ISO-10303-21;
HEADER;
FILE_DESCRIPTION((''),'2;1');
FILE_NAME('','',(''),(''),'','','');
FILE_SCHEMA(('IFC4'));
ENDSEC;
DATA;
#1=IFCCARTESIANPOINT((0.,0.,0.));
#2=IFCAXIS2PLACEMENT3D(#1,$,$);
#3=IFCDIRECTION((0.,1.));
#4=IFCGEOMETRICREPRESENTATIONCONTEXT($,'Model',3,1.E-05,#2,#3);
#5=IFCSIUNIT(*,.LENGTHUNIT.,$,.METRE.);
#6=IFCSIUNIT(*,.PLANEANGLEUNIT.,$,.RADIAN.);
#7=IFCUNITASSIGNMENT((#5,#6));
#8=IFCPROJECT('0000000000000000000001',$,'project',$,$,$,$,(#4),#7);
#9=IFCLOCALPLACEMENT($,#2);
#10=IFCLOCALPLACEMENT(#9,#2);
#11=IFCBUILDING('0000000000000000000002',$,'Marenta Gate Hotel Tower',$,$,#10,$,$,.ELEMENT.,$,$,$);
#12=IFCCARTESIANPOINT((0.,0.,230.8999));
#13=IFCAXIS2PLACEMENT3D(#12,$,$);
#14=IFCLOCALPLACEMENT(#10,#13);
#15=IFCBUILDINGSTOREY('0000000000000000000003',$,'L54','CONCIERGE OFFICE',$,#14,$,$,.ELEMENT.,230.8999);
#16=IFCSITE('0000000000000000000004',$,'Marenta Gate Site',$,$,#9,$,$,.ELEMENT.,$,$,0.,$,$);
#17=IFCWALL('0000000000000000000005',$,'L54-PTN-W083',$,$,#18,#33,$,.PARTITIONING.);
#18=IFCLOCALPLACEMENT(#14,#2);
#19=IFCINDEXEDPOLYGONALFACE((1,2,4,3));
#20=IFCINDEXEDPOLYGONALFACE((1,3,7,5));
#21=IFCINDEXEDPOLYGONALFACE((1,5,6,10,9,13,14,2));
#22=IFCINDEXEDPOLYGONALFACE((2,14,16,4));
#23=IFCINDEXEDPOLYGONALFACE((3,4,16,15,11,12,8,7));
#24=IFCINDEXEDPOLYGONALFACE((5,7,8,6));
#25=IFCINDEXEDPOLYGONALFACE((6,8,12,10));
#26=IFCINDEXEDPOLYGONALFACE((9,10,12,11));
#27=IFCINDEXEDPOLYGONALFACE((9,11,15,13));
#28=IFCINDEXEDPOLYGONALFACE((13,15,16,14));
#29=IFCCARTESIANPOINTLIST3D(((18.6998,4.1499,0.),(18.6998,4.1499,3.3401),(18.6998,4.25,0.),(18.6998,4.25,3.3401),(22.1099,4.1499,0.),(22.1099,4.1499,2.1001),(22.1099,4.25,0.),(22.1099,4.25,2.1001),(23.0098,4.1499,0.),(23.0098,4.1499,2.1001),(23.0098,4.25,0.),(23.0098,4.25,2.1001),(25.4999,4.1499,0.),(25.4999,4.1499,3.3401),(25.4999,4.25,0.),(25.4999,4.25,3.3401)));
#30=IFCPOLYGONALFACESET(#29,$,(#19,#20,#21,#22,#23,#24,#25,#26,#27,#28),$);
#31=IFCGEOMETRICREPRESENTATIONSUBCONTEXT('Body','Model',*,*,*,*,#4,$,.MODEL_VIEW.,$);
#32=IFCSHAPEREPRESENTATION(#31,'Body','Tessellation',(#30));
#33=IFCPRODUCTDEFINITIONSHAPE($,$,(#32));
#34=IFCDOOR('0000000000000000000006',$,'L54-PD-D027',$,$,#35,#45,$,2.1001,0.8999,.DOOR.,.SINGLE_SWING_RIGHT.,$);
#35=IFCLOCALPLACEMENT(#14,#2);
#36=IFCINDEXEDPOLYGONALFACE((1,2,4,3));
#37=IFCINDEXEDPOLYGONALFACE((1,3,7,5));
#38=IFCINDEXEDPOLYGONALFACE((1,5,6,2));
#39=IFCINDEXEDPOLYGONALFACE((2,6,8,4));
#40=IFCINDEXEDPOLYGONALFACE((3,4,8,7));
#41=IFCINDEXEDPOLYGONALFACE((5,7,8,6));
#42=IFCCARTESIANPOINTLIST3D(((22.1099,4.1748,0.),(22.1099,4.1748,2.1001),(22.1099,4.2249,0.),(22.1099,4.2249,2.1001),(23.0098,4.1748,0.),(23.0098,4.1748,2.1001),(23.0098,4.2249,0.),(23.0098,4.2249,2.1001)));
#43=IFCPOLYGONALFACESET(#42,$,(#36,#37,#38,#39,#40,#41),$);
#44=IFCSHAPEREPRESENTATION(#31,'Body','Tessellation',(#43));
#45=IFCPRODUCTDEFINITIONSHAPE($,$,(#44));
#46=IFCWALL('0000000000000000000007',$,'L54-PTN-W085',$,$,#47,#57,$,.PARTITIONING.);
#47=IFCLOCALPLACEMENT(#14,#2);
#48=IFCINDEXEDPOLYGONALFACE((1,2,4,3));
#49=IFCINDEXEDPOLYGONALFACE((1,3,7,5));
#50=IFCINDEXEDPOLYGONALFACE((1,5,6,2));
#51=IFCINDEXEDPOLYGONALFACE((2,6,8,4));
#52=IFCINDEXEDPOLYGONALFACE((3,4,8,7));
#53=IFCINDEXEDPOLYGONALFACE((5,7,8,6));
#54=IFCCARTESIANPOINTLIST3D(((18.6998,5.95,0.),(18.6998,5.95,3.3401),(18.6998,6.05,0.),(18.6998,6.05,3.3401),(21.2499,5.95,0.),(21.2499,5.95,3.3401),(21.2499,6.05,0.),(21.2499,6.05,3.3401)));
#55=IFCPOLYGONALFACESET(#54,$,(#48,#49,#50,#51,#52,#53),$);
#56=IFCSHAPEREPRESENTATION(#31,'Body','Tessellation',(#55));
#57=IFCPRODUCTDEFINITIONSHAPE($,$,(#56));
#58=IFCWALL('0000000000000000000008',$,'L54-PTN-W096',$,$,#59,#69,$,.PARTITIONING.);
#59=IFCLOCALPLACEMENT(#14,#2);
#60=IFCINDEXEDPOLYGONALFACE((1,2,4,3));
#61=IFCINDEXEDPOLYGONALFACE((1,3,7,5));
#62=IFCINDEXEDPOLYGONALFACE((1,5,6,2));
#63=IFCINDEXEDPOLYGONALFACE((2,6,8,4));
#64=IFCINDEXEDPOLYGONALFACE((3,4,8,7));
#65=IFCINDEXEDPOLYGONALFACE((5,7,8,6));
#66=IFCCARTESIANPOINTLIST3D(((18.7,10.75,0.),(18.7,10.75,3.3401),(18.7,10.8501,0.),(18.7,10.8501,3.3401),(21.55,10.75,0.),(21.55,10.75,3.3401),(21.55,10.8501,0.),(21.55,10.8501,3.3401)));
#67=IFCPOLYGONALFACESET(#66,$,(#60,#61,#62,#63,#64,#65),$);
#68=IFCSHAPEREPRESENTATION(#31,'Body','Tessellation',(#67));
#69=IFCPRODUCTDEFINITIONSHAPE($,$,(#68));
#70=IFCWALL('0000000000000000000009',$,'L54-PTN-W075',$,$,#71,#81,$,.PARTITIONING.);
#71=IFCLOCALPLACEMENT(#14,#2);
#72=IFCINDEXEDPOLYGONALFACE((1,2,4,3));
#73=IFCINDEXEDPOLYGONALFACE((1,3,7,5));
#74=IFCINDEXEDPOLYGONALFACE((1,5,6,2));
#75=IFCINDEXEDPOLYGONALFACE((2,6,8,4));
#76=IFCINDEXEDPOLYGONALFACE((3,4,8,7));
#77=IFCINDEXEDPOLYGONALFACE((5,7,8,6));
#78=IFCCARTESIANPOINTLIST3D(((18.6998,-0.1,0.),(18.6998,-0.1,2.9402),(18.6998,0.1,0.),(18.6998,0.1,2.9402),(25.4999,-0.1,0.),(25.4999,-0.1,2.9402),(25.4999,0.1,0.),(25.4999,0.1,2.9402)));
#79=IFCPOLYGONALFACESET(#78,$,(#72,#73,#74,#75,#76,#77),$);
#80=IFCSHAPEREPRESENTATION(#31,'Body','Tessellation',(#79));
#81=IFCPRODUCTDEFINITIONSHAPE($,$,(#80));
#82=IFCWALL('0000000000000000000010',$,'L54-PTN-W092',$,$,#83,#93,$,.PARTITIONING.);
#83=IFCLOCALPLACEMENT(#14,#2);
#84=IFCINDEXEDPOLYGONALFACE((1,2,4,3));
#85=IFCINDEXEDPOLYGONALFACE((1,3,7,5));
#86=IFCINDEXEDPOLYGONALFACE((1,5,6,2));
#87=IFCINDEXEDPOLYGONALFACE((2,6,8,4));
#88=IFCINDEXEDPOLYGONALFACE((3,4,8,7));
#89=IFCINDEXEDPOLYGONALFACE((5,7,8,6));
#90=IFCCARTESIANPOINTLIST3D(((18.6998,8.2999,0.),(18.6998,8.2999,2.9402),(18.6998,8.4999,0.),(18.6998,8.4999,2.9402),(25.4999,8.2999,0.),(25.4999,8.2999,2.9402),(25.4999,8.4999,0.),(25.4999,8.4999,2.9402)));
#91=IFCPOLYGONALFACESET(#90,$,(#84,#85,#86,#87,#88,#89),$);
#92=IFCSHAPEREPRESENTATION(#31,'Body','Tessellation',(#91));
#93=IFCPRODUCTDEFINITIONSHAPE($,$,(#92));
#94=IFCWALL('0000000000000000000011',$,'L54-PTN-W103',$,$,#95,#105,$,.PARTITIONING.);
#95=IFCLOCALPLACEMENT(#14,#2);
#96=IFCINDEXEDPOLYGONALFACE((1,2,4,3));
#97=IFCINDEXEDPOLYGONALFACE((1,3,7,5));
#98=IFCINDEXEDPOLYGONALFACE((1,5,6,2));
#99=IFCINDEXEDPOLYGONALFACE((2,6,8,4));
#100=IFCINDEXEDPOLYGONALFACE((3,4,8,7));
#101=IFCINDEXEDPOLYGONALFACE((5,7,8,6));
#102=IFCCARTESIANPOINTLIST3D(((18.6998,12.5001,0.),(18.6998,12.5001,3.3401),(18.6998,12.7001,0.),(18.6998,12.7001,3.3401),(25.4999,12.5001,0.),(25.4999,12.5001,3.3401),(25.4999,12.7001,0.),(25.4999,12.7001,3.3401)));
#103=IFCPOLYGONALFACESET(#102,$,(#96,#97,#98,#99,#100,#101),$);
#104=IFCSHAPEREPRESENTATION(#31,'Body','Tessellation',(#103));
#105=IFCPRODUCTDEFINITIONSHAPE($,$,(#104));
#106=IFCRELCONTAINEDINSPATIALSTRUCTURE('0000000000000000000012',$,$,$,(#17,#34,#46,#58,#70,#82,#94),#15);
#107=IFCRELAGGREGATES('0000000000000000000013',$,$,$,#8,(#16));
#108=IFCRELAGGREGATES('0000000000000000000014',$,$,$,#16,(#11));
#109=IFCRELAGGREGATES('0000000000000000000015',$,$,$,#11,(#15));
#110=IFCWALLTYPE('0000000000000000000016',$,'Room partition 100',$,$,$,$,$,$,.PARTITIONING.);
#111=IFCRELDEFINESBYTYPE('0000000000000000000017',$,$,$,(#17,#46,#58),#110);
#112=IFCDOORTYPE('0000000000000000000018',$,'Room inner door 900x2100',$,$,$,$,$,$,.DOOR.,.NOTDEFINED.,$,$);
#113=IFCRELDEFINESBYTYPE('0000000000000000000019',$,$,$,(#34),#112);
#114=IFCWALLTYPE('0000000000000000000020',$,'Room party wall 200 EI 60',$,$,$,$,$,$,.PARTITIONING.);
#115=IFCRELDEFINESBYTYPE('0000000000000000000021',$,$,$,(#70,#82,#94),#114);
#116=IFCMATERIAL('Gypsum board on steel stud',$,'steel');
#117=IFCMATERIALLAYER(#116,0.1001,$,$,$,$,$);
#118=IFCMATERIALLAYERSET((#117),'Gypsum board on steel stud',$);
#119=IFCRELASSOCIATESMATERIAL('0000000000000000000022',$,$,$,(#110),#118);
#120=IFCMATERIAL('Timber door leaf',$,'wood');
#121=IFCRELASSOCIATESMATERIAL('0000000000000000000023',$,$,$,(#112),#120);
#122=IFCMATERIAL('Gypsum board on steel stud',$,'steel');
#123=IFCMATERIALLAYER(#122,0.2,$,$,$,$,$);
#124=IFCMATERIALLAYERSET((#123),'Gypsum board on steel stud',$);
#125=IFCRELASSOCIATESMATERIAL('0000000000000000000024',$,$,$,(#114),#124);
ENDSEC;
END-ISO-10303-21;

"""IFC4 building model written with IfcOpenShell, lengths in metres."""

from ifc_helpers import new_model, si_unit, direction, frame, frame_2d, origin, place, context, subcontext, project, spatial, rectangle, extrude, material, layer, layer_set, type_object, element, fill, save


model = new_model("IFC4")

# Units and contexts
model_context = context("Model", 3, precision=1e-05, world=origin(), true_north=direction((0.0, 1.0)))
body_context = subcontext(model_context, "Body", "Model", "MODEL_VIEW")
ifc_project = project(units=[si_unit("LENGTHUNIT", "METRE"), si_unit("PLANEANGLEUNIT", "RADIAN")], contexts=[model_context])

# Site, building, storey
site_placement = place(None, origin())
site = spatial("IfcSite", under=ifc_project, at=site_placement, Name="Marenta Gate Site", CompositionType="ELEMENT", RefElevation=0.0)
building_placement = place(site_placement, origin())
building = spatial("IfcBuilding", under=site, at=building_placement, Name="Marenta Gate Hotel Tower", CompositionType="ELEMENT")
storey_placement = place(building_placement, frame((0.0, 0.0, 230.8999)))
storey = spatial("IfcBuildingStorey", under=building, at=storey_placement, Name="L54", Description="CONCIERGE OFFICE", CompositionType="ELEMENT", Elevation=230.8999)

# Shared definitions
ifc_material_1 = material(Name="Gypsum board on steel stud", Category="steel")
ifc_layer_1 = layer(ifc_material_1, 0.1001)
ifc_layer_set_1 = layer_set([ifc_layer_1], Name="Gypsum board on steel stud")
wall_type_1 = type_object("IfcWallType", Name="Room partition 100", PredefinedType="PARTITIONING", material=ifc_layer_set_1)
ifc_material_2 = material(Name="Timber door leaf", Category="wood")
door_type_1 = type_object("IfcDoorType", Name="Room inner door 900x2100", OperationType="NOTDEFINED", PredefinedType="DOOR", material=ifc_material_2)

# Wall, opening, door
wall_1_placement = place(storey_placement, frame((18.7, 4.2, 0.0), z_axis=(0.0, 0.0, 1.0), x_axis=(1.0, 0.0, 0.0)))
wall_1 = element("IfcWall", 1, at=wall_1_placement, inside=storey, type_object=wall_type_1, Name="L54-PTN-W083", PredefinedType="PARTITIONING", context=body_context, shape_type="SweptSolid", body=[
    extrude(rectangle(XDim=6.8, YDim=0.1001, at=frame_2d((3.3999, 0.0))), origin(), (0.0, 0.0, 1.0), 3.3401),
])
opening_1_placement = place(wall_1_placement, frame((3.4099, 0.0, 0.0)))
opening_1 = element("IfcOpeningElement", 2, at=opening_1_placement, cuts=wall_1, PredefinedType="OPENING", context=body_context, shape_type="SweptSolid", body=[
    extrude(rectangle(XDim=0.8999, YDim=2.1001, at=frame_2d((0.45, 1.05))), frame((0.0, 0.05, 0.0), z_axis=(0.0, -1.0, 0.0), x_axis=(1.0, 0.0, 0.0)), (0.0, 0.0, 1.0), 0.1001),
])
door_1_placement = place(opening_1_placement, origin())
door_1 = element("IfcDoor", 3, at=door_1_placement, inside=storey, type_object=door_type_1, Name="L54-PD-D027", OperationType="SINGLE_SWING_RIGHT", OverallHeight=2.1001, OverallWidth=0.8999, PredefinedType="DOOR", context=body_context, shape_type="SweptSolid", body=[
    extrude(rectangle(XDim=0.8999, YDim=2.1001, at=frame_2d((0.45, 1.05))), frame((0.0, 0.0249, 0.0), z_axis=(0.0, -1.0, 0.0), x_axis=(1.0, 0.0, 0.0)), (0.0, 0.0, 1.0), 0.05),
])
fill(opening_1, door_1)

# Walls
wall_2_placement = place(storey_placement, frame((18.7, 6.0, 0.0), z_axis=(0.0, 0.0, 1.0), x_axis=(1.0, 0.0, 0.0)))
element("IfcWall", 4, at=wall_2_placement, inside=storey, type_object=wall_type_1, Name="L54-PTN-W085", PredefinedType="PARTITIONING", context=body_context, shape_type="SweptSolid", body=[
    extrude(rectangle(XDim=2.55, YDim=0.1001, at=frame_2d((1.2749, 0.0))), origin(), (0.0, 0.0, 1.0), 3.3401),
])
wall_3_placement = place(storey_placement, frame((18.7, 10.8, 0.0), z_axis=(0.0, 0.0, 1.0), x_axis=(1.0, 0.0, 0.0)))
element("IfcWall", 5, at=wall_3_placement, inside=storey, type_object=wall_type_1, Name="L54-PTN-W096", PredefinedType="PARTITIONING", context=body_context, shape_type="SweptSolid", body=[
    extrude(rectangle(XDim=2.8501, YDim=0.1001, at=frame_2d((1.425, 0.0))), origin(), (0.0, 0.0, 1.0), 3.3401),
])
ifc_material_3 = material(Name="Gypsum board on steel stud", Category="steel")
ifc_layer_2 = layer(ifc_material_3, 0.2)
ifc_layer_set_2 = layer_set([ifc_layer_2], Name="Gypsum board on steel stud")
wall_type_2 = type_object("IfcWallType", Name="Room party wall 200 EI 60", PredefinedType="PARTITIONING", material=ifc_layer_set_2)
for number, where, z_axis, x_axis, name in (
    (6, (18.7, 0.0, 0.0), (0.0, 0.0, 1.0), (1.0, 0.0, 0.0), "L54-PTN-W075"),
    (7, (18.7, 8.3999, 0.0), (0.0, 0.0, 1.0), (1.0, 0.0, 0.0), "L54-PTN-W092"),
):
    element("IfcWall", number, at=place(storey_placement, frame(where, z_axis=z_axis, x_axis=x_axis)), inside=storey, type_object=wall_type_2, Name=name, PredefinedType="PARTITIONING", context=body_context, shape_type="SweptSolid", body=[
        extrude(rectangle(XDim=6.8, YDim=0.2, at=frame_2d((3.3999, 0.0))), origin(), (0.0, 0.0, 1.0), 2.9402),
    ])
wall_4_placement = place(storey_placement, frame((18.7, 12.6001, 0.0), z_axis=(0.0, 0.0, 1.0), x_axis=(1.0, 0.0, 0.0)))
element("IfcWall", 8, at=wall_4_placement, inside=storey, type_object=wall_type_2, Name="L54-PTN-W103", PredefinedType="PARTITIONING", context=body_context, shape_type="SweptSolid", body=[
    extrude(rectangle(XDim=6.8, YDim=0.2, at=frame_2d((3.3999, 0.0))), origin(), (0.0, 0.0, 1.0), 3.3401),
])

save(model, "model.ifc")
